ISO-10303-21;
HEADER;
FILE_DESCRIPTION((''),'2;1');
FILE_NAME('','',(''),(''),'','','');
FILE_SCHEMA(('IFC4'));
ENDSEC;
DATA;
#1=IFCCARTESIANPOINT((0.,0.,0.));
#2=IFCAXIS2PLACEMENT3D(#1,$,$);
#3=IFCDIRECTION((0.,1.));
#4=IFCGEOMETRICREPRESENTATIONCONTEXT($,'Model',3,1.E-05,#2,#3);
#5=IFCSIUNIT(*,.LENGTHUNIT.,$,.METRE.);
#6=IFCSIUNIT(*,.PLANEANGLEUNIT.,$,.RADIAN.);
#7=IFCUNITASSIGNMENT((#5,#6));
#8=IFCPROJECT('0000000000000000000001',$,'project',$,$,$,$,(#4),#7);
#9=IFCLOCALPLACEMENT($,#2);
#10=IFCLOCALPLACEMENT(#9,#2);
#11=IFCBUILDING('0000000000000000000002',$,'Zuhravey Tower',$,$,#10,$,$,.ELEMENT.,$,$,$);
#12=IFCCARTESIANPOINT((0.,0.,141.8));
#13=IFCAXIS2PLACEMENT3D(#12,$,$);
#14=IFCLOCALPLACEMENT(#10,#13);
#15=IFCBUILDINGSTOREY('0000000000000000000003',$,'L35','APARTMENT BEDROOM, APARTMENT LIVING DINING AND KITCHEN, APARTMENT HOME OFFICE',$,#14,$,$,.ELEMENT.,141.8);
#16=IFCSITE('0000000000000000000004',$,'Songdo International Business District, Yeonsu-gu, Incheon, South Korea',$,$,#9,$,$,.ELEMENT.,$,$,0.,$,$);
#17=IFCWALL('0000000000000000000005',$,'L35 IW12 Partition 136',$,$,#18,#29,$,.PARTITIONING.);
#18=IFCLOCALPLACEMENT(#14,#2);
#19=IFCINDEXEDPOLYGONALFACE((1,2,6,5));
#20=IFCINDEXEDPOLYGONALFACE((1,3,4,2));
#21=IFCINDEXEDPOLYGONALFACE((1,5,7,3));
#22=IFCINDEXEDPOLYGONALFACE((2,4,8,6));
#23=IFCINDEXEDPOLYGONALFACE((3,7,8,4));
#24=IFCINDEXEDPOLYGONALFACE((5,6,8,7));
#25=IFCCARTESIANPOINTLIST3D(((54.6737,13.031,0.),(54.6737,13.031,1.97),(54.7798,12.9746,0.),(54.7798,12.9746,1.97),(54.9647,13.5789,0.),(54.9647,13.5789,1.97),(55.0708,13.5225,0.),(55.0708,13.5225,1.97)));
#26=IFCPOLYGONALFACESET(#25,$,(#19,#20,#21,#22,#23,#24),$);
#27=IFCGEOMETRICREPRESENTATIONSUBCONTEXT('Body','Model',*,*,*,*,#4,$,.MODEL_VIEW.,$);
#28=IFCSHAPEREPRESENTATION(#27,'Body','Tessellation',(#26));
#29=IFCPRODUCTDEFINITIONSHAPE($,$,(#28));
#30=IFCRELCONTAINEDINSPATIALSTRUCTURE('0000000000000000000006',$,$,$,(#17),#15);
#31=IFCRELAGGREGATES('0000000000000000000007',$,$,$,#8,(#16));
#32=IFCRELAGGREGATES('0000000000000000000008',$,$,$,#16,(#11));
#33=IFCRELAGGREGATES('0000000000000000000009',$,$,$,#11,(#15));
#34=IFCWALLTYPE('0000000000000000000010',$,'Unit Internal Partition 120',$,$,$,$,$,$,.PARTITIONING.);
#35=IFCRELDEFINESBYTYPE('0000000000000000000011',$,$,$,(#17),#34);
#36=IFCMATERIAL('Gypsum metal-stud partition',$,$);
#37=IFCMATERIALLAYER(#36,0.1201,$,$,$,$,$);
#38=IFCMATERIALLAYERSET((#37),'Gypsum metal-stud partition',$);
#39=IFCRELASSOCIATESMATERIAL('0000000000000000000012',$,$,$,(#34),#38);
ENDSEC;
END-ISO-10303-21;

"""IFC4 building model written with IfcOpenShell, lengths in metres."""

from ifc_helpers import new_model, si_unit, direction, frame, frame_2d, origin, place, context, subcontext, project, spatial, rectangle, extrude, material, layer, layer_set, type_object, element, save


model = new_model("IFC4")

# Units and contexts
model_context = context("Model", 3, precision=1e-05, world=origin(), true_north=direction((0.0, 1.0)))
body_context = subcontext(model_context, "Body", "Model", "MODEL_VIEW")
ifc_project = project(units=[si_unit("LENGTHUNIT", "METRE"), si_unit("PLANEANGLEUNIT", "RADIAN")], contexts=[model_context])

# Site, building, storey
site_placement = place(None, origin())
site = spatial("IfcSite", under=ifc_project, at=site_placement, Name="Songdo International Business District, Yeonsu-gu, Incheon, South Korea", CompositionType="ELEMENT", RefElevation=0.0)
building_placement = place(site_placement, origin())
building = spatial("IfcBuilding", under=site, at=building_placement, Name="Zuhravey Tower", CompositionType="ELEMENT")
storey_placement = place(building_placement, frame((0.0, 0.0, 141.8)))
storey = spatial("IfcBuildingStorey", under=building, at=storey_placement, Name="L35", Description="APARTMENT BEDROOM, APARTMENT LIVING DINING AND KITCHEN, APARTMENT HOME OFFICE", CompositionType="ELEMENT", Elevation=141.8)

# Shared definitions
ifc_material_1 = material(Name="Gypsum metal-stud partition")
ifc_layer_1 = layer(ifc_material_1, 0.1201)
ifc_layer_set_1 = layer_set([ifc_layer_1], Name="Gypsum metal-stud partition")
wall_type_1 = type_object("IfcWallType", Name="Unit Internal Partition 120", PredefinedType="PARTITIONING", material=ifc_layer_set_1)

# Wall
wall_1_placement = place(storey_placement, frame((54.7268, 13.0029, 0.0), z_axis=(0.0, 0.0, 1.0), x_axis=(0.469117, 0.883136, 0.0)))
element("IfcWall", 1, at=wall_1_placement, inside=storey, type_object=wall_type_1, Name="L35 IW12 Partition 136", PredefinedType="PARTITIONING", context=body_context, shape_type="SweptSolid", body=[
    extrude(rectangle(XDim=0.6204, YDim=0.1201, at=frame_2d((0.3101, 0.0))), origin(), (0.0, 0.0, 1.0), 1.97),
])

save(model, "model.ifc")
